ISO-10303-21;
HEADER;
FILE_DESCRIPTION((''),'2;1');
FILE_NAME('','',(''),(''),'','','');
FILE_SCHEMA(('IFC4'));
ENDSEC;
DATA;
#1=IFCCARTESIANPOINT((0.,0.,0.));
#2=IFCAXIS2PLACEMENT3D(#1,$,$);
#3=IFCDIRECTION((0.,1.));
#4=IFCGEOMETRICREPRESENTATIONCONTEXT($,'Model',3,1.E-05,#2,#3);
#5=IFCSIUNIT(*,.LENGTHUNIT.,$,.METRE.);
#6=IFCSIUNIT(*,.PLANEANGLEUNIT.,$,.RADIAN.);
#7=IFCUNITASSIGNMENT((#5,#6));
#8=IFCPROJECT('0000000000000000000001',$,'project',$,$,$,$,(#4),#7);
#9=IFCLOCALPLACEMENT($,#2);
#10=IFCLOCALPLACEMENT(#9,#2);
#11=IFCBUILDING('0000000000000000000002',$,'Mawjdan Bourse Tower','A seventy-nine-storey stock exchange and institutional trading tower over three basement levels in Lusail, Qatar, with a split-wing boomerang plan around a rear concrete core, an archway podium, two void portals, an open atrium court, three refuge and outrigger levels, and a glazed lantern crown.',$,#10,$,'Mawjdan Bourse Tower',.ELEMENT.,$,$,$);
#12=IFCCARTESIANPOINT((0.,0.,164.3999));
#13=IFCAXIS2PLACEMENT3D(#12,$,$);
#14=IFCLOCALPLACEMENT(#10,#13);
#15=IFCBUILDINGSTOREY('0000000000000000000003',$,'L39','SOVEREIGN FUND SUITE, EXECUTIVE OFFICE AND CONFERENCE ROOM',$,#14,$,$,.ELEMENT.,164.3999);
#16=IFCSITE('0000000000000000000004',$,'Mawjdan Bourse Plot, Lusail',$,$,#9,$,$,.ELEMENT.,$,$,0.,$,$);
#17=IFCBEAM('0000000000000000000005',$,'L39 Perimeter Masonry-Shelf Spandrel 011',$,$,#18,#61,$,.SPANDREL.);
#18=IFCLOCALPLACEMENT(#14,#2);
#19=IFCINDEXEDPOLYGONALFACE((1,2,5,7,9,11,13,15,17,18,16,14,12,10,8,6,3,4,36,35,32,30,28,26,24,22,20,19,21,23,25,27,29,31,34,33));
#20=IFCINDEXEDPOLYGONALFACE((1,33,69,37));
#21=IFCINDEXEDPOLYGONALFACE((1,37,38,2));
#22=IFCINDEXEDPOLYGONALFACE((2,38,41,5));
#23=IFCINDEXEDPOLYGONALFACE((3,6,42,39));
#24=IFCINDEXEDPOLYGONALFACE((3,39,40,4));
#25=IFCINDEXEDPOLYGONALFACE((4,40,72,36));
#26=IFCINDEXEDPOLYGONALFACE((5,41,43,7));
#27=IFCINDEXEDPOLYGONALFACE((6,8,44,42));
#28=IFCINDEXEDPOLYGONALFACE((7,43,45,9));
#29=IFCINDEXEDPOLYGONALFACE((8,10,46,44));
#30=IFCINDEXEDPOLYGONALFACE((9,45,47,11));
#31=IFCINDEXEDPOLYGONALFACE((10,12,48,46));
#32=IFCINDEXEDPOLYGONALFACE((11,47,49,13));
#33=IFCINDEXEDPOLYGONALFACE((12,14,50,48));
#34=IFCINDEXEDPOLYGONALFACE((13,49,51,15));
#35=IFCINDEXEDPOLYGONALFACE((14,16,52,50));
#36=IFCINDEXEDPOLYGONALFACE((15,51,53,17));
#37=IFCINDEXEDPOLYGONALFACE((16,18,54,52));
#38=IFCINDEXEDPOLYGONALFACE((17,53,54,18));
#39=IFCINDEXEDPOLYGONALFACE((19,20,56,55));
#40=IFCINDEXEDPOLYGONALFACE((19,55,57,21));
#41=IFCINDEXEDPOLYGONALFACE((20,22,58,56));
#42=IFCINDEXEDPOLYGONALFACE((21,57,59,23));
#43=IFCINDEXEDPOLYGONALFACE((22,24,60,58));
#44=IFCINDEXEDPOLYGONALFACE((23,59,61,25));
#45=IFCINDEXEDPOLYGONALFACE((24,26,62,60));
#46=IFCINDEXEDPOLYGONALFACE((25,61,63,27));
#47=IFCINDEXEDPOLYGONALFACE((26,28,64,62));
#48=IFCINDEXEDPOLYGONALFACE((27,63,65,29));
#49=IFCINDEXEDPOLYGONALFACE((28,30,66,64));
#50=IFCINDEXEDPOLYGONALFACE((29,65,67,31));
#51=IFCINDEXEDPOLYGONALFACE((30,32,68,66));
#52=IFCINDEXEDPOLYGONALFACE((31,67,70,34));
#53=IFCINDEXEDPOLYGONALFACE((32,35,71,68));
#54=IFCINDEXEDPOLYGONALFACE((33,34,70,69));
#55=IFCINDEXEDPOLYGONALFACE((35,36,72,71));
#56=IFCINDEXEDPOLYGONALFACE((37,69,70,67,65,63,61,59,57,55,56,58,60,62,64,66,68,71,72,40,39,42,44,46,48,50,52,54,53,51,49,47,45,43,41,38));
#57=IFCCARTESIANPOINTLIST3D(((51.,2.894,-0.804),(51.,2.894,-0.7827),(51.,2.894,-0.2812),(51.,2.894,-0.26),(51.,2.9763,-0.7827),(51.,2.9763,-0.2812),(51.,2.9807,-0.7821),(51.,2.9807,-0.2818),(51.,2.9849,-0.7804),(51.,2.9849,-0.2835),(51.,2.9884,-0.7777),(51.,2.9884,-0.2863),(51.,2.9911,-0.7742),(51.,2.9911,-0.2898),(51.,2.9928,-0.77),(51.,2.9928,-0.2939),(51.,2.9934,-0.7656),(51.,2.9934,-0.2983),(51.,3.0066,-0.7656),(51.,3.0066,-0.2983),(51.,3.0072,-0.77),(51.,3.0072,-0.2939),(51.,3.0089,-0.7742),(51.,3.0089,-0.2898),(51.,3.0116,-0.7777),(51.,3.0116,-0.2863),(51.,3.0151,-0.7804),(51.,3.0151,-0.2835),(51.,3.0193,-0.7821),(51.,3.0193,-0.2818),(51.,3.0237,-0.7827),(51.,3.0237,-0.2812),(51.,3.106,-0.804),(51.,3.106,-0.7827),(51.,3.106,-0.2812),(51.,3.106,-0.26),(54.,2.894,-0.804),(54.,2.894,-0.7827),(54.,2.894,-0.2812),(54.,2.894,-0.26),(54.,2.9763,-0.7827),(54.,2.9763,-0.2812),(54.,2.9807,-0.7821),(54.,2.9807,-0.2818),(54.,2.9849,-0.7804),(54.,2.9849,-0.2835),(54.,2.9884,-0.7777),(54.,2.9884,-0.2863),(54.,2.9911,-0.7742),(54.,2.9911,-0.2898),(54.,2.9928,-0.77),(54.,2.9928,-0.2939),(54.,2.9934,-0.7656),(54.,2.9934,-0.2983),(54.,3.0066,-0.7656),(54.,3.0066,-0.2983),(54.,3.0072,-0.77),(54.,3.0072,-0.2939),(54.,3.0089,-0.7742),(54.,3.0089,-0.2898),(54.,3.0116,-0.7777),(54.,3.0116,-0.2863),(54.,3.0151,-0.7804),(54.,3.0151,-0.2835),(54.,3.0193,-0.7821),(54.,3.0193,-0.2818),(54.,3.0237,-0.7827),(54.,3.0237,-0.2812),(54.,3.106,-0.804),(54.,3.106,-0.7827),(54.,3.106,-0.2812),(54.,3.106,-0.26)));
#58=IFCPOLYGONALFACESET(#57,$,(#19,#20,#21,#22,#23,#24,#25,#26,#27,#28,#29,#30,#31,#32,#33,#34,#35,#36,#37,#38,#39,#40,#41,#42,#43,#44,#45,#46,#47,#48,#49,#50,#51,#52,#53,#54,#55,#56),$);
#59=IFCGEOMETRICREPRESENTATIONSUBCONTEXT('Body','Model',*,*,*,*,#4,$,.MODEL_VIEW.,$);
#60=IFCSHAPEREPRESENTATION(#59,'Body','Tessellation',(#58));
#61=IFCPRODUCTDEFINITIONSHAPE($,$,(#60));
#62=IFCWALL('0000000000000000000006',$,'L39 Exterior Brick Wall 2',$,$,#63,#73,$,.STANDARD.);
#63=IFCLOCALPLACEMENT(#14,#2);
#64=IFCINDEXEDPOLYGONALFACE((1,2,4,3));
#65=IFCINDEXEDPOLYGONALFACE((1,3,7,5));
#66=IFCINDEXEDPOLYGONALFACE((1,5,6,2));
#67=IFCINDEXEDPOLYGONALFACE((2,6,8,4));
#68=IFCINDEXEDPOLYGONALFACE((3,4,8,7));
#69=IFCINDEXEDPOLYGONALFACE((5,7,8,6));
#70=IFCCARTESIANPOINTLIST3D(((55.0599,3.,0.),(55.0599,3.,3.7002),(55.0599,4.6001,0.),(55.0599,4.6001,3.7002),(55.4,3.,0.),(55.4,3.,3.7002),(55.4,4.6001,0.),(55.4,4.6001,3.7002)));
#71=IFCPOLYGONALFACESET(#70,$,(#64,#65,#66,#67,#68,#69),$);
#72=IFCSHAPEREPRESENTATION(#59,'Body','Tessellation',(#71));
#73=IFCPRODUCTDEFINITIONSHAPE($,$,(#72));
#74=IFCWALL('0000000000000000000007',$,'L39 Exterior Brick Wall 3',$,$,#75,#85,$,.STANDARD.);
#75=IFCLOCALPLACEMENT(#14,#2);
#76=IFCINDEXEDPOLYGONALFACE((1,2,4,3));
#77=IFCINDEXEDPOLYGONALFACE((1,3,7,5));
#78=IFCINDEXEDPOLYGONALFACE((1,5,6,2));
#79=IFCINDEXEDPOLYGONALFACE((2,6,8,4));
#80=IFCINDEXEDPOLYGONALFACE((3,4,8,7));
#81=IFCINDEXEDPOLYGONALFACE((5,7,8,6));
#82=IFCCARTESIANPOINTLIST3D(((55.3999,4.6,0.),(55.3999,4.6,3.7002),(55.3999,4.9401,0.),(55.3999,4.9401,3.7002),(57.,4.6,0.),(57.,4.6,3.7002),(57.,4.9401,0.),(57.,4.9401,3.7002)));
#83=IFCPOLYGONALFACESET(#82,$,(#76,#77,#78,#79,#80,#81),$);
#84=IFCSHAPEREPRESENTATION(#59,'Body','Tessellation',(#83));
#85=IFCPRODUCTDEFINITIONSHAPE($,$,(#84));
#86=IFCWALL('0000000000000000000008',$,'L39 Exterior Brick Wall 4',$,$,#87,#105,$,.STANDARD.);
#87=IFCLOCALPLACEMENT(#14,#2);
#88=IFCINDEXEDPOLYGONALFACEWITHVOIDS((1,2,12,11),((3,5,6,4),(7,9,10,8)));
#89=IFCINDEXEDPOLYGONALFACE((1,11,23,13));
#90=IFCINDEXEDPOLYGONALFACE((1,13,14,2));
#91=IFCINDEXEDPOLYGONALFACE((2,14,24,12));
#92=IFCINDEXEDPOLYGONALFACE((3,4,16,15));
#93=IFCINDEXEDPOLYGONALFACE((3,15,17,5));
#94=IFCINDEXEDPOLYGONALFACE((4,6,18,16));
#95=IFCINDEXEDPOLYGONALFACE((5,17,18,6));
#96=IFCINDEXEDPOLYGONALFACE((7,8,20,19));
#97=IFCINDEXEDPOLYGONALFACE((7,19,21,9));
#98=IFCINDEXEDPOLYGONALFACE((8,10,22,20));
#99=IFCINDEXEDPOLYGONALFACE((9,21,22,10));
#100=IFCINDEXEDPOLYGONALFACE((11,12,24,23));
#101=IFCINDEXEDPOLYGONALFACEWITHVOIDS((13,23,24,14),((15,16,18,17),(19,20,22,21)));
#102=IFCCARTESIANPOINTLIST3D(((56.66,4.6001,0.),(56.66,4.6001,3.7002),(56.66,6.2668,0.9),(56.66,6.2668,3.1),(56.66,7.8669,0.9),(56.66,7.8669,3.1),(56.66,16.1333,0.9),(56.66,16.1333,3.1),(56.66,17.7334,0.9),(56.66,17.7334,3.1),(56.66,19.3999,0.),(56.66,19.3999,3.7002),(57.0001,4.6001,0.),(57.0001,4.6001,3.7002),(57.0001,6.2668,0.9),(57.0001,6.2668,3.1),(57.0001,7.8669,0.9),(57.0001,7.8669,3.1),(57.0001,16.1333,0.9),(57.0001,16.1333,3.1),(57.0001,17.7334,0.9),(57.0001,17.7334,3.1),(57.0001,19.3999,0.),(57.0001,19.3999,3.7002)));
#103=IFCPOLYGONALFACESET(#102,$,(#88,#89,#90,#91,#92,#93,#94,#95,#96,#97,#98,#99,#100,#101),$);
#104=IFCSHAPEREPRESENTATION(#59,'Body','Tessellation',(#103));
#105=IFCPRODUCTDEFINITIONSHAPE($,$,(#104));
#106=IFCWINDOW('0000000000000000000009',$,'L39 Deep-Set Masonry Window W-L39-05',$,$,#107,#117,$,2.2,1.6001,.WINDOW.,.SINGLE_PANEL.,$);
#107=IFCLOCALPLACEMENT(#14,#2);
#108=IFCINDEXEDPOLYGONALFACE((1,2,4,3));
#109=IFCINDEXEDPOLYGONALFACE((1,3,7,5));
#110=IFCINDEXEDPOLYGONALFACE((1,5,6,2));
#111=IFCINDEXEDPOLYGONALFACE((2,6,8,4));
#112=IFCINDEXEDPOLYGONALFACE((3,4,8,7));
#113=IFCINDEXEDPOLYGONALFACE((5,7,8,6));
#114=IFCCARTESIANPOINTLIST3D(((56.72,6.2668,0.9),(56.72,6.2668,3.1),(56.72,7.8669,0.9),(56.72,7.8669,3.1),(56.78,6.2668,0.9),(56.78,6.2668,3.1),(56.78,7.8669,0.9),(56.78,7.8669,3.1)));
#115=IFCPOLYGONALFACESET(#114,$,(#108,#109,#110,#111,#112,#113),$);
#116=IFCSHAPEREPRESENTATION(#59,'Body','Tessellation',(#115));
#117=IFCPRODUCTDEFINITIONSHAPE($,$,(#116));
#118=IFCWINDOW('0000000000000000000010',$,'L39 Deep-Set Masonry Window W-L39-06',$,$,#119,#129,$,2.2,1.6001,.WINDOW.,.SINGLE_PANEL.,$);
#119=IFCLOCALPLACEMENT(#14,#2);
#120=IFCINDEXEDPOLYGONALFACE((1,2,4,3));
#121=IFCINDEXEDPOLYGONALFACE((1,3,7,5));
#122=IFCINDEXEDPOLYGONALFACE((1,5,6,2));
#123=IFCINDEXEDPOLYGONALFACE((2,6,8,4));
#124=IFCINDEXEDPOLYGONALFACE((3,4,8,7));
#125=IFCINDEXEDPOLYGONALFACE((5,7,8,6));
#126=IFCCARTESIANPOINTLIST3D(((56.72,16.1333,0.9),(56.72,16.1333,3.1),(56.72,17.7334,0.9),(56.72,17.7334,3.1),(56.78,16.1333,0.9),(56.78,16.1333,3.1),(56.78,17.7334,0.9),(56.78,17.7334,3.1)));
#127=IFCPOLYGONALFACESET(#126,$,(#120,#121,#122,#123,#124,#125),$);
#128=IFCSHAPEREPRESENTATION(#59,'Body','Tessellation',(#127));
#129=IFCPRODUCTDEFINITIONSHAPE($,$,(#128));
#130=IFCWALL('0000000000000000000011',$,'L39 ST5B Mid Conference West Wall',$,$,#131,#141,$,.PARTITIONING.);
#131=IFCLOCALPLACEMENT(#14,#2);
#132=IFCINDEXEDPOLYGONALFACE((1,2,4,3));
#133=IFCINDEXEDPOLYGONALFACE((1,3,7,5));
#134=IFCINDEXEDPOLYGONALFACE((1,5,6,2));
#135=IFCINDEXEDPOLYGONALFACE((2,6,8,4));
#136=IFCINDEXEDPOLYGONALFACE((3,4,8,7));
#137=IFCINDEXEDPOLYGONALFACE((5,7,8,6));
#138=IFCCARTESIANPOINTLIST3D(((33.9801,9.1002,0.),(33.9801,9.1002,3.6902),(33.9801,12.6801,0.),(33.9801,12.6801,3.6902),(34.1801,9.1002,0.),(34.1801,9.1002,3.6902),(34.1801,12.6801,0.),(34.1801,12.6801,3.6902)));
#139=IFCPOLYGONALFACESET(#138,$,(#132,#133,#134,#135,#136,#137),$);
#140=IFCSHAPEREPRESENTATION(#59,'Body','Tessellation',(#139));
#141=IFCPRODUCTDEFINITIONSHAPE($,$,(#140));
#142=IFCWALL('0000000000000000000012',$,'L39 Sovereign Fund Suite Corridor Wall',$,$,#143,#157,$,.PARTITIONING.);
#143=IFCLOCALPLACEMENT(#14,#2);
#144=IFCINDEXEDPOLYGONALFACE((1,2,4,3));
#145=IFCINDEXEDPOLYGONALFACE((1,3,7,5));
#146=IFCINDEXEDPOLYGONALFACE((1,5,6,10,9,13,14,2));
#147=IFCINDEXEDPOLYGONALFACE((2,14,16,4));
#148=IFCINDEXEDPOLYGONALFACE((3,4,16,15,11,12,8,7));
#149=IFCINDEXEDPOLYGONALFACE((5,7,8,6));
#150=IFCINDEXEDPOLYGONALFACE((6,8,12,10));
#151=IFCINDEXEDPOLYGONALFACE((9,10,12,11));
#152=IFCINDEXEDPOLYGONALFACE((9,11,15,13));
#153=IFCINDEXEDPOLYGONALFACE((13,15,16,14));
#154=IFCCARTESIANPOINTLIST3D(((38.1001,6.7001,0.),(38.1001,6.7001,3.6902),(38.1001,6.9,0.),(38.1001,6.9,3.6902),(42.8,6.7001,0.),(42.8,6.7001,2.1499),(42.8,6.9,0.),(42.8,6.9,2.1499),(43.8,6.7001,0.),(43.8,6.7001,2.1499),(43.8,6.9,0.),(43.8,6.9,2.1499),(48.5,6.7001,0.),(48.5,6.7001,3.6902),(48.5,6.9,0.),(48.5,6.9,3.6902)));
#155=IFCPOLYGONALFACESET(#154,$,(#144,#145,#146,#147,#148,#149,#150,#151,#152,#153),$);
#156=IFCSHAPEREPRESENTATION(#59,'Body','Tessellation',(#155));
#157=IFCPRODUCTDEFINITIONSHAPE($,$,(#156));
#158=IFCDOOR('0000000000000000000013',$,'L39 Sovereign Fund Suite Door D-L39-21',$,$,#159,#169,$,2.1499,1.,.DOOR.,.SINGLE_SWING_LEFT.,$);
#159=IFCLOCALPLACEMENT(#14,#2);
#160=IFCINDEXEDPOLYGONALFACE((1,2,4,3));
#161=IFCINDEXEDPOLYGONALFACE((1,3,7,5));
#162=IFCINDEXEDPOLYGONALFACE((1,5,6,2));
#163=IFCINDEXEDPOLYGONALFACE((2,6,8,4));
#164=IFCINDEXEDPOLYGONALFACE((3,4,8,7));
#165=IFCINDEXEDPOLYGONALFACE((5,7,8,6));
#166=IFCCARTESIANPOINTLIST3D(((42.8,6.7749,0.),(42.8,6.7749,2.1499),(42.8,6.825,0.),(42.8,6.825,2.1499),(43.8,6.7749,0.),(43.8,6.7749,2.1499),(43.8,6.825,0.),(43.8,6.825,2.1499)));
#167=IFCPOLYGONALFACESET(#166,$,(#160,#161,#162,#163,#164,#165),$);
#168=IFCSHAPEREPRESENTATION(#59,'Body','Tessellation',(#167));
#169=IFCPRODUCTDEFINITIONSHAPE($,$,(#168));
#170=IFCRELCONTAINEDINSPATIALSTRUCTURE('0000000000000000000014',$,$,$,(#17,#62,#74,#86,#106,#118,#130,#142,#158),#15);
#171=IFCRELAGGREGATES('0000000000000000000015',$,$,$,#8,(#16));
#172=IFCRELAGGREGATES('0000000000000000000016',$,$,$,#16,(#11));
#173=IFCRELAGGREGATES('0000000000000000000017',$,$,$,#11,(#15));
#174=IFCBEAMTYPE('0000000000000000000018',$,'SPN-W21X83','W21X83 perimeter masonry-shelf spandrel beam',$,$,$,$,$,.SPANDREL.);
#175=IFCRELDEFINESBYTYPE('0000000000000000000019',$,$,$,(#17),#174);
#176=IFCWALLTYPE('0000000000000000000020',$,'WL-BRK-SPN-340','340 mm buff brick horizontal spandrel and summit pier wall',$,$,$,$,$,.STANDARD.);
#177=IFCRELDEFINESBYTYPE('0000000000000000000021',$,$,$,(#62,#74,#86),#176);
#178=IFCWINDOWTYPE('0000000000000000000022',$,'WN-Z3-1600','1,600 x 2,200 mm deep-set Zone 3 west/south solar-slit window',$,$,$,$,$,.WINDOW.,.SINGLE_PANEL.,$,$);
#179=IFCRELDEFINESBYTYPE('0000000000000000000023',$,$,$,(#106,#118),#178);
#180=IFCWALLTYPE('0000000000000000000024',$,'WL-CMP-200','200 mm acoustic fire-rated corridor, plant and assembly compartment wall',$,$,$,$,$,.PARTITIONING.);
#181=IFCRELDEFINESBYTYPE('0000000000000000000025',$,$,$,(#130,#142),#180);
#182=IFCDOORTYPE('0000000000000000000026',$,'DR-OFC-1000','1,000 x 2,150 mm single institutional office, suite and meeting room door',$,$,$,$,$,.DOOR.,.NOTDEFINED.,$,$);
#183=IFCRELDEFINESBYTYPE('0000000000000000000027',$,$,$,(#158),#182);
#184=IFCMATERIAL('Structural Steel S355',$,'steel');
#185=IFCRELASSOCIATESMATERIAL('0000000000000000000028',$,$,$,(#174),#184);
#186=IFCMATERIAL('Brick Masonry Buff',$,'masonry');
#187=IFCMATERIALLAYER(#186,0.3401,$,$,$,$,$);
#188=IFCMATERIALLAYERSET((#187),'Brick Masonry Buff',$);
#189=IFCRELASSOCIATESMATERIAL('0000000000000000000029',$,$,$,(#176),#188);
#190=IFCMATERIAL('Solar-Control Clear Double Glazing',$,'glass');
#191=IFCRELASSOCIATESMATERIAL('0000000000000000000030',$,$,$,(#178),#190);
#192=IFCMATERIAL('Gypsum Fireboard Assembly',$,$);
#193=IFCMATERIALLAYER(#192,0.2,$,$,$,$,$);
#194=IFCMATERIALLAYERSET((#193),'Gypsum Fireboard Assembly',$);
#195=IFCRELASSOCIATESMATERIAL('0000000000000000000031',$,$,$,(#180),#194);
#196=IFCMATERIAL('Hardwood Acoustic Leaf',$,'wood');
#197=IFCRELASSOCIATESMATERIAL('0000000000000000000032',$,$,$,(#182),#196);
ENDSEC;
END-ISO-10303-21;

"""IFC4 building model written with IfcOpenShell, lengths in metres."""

from ifc_helpers import new_model, si_unit, direction, frame, frame_2d, origin, origin_2d, place, context, subcontext, project, spatial, rectangle, i_section, extrude, material, layer, layer_set, material_profile, profile_set, type_object, element, fill, save


model = new_model("IFC4")

# Units and contexts
model_context = context("Model", 3, precision=1e-05, world=origin(), true_north=direction((0.0, 1.0)))
body_context = subcontext(model_context, "Body", "Model", "MODEL_VIEW")
ifc_project = project(units=[si_unit("LENGTHUNIT", "METRE"), si_unit("PLANEANGLEUNIT", "RADIAN")], contexts=[model_context])

# Site, building, storey
site_placement = place(None, origin())
site = spatial("IfcSite", under=ifc_project, at=site_placement, Name="Mawjdan Bourse Plot, Lusail", CompositionType="ELEMENT", RefElevation=0.0)
building_placement = place(site_placement, origin())
building = spatial("IfcBuilding", under=site, at=building_placement, Name="Mawjdan Bourse Tower", Description="A seventy-nine-storey stock exchange and institutional trading tower over three basement levels in Lusail, Qatar, with a split-wing boomerang plan around a rear concrete core, an archway podium, two void portals, an open atrium court, three refuge and outrigger levels, and a glazed lantern crown.", LongName="Mawjdan Bourse Tower", CompositionType="ELEMENT")
storey_placement = place(building_placement, frame((0.0, 0.0, 164.3999)))
storey = spatial("IfcBuildingStorey", under=building, at=storey_placement, Name="L39", Description="SOVEREIGN FUND SUITE, EXECUTIVE OFFICE AND CONFERENCE ROOM", CompositionType="ELEMENT", Elevation=164.3999)

# Beam
ifc_material_1 = material(Name="Structural Steel S355", Category="steel")
ifc_material_profile_1 = material_profile(ifc_material_1, i_section(OverallWidth=0.2119, OverallDepth=0.5439, WebThickness=0.0132, FlangeThickness=0.0212, FilletRadius=0.0171, at=origin_2d()), Name="W21X83")
ifc_profile_set_1 = profile_set([ifc_material_profile_1], Name="Structural Steel S355")
beam_type_1 = type_object("IfcBeamType", Name="SPN-W21X83", Description="W21X83 perimeter masonry-shelf spandrel beam", PredefinedType="SPANDREL", material=ifc_profile_set_1)
for number, where, z_axis, x_axis, name in (
    (1, (51.0, 3.0, -0.532), (1.0, 0.0, 0.0), (0.0, 1.0, 0.0), "L39 Perimeter Masonry-Shelf Spandrel 011"),
):
    element("IfcBeam", number, at=place(storey_placement, frame(where, z_axis=z_axis, x_axis=x_axis)), inside=storey, type_object=beam_type_1, Name=name, PredefinedType="SPANDREL", context=body_context, shape_type="SweptSolid", body=[
        extrude(i_section(OverallWidth=0.2119, OverallDepth=0.5439, WebThickness=0.0132, FlangeThickness=0.0212, FilletRadius=0.0171, at=origin_2d()), origin(), (0.0, 0.0, 1.0), 3.0),
    ])

# Walls
ifc_material_2 = material(Name="Brick Masonry Buff", Category="masonry")
ifc_layer_1 = layer(ifc_material_2, 0.3401)
ifc_layer_set_1 = layer_set([ifc_layer_1], Name="Brick Masonry Buff")
wall_type_1 = type_object("IfcWallType", Name="WL-BRK-SPN-340", Description="340 mm buff brick horizontal spandrel and summit pier wall", PredefinedType="STANDARD", material=ifc_layer_set_1)
for number, where, z_axis, x_axis, name in (
    (2, (55.23, 3.0, 0.0), (0.0, 0.0, 1.0), (0.0, 1.0, 0.0), "L39 Exterior Brick Wall 2"),
    (3, (55.3999, 4.77, 0.0), (0.0, 0.0, 1.0), (1.0, 0.0, 0.0), "L39 Exterior Brick Wall 3"),
):
    element("IfcWall", number, at=place(storey_placement, frame(where, z_axis=z_axis, x_axis=x_axis)), inside=storey, type_object=wall_type_1, Name=name, PredefinedType="STANDARD", context=body_context, shape_type="SweptSolid", body=[
        extrude(rectangle(XDim=1.6001, YDim=0.3401, at=frame_2d((0.8, 0.0))), origin(), (0.0, 0.0, 1.0), 3.7002),
    ])

# Wall, openings, windows
wall_1_placement = place(storey_placement, frame((56.8301, 4.6001, 0.0), z_axis=(0.0, 0.0, 1.0), x_axis=(0.0, 1.0, 0.0)))
wall_1 = element("IfcWall", 4, at=wall_1_placement, inside=storey, type_object=wall_type_1, Name="L39 Exterior Brick Wall 4", PredefinedType="STANDARD", context=body_context, shape_type="SweptSolid", body=[
    extrude(rectangle(XDim=14.7998, YDim=0.3401, at=frame_2d((7.3999, 0.0))), origin(), (0.0, 0.0, 1.0), 3.7002),
])
opening_1_placement = place(wall_1_placement, frame((1.6667, 0.0, 0.8999)))
opening_1 = element("IfcOpeningElement", 5, at=opening_1_placement, cuts=wall_1, PredefinedType="OPENING", context=body_context, shape_type="SweptSolid", body=[
    extrude(rectangle(XDim=1.6001, YDim=2.2, at=frame_2d((0.8, 1.1001))), frame((0.0, 0.1802, 0.0), z_axis=(0.0, -1.0, 0.0), x_axis=(1.0, 0.0, 0.0)), (0.0, 0.0, 1.0), 0.3601),
])
opening_2_placement = place(wall_1_placement, frame((11.5332, 0.0, 0.8999)))
opening_2 = element("IfcOpeningElement", 6, at=opening_2_placement, cuts=wall_1, PredefinedType="OPENING", context=body_context, shape_type="SweptSolid", body=[
    extrude(rectangle(XDim=1.6001, YDim=2.2, at=frame_2d((0.8, 1.1001))), frame((0.0, 0.1802, 0.0), z_axis=(0.0, -1.0, 0.0), x_axis=(1.0, 0.0, 0.0)), (0.0, 0.0, 1.0), 0.3601),
])
ifc_material_3 = material(Name="Solar-Control Clear Double Glazing", Category="glass")
window_type = type_object("IfcWindowType", Name="WN-Z3-1600", Description="1,600 x 2,200 mm deep-set Zone 3 west/south solar-slit window", PartitioningType="SINGLE_PANEL", PredefinedType="WINDOW", material=ifc_material_3)
window_1_placement = place(opening_1_placement, origin())
window_1 = element("IfcWindow", 7, at=window_1_placement, inside=storey, type_object=window_type, Name="L39 Deep-Set Masonry Window W-L39-05", OverallHeight=2.2, OverallWidth=1.6001, PartitioningType="SINGLE_PANEL", PredefinedType="WINDOW", context=body_context, shape_type="SweptSolid", body=[
    extrude(rectangle(XDim=1.6001, YDim=2.2, at=frame_2d((0.8, 1.1001))), frame((0.0, 0.1101, 0.0), z_axis=(0.0, -1.0, 0.0), x_axis=(1.0, 0.0, 0.0)), (0.0, 0.0, 1.0), 0.0601),
])
fill(opening_1, window_1)
window_2_placement = place(opening_2_placement, origin())
window_2 = element("IfcWindow", 8, at=window_2_placement, inside=storey, type_object=window_type, Name="L39 Deep-Set Masonry Window W-L39-06", OverallHeight=2.2, OverallWidth=1.6001, PartitioningType="SINGLE_PANEL", PredefinedType="WINDOW", context=body_context, shape_type="SweptSolid", body=[
    extrude(rectangle(XDim=1.6001, YDim=2.2, at=frame_2d((0.8, 1.1001))), frame((0.0, 0.1101, 0.0), z_axis=(0.0, -1.0, 0.0), x_axis=(1.0, 0.0, 0.0)), (0.0, 0.0, 1.0), 0.0601),
])
fill(opening_2, window_2)

# Wall
ifc_material_4 = material(Name="Gypsum Fireboard Assembly")
ifc_layer_2 = layer(ifc_material_4, 0.2)
ifc_layer_set_2 = layer_set([ifc_layer_2], Name="Gypsum Fireboard Assembly")
wall_type_2 = type_object("IfcWallType", Name="WL-CMP-200", Description="200 mm acoustic fire-rated corridor, plant and assembly compartment wall", PredefinedType="PARTITIONING", material=ifc_layer_set_2)
wall_2_placement = place(storey_placement, frame((34.0801, 9.1001, 0.0), z_axis=(0.0, 0.0, 1.0), x_axis=(0.0, 1.0, 0.0)))
element("IfcWall", 9, at=wall_2_placement, inside=storey, type_object=wall_type_2, Name="L39 ST5B Mid Conference West Wall", PredefinedType="PARTITIONING", context=body_context, shape_type="SweptSolid", body=[
    extrude(rectangle(XDim=3.5798, YDim=0.2, at=frame_2d((1.79, 0.0))), origin(), (0.0, 0.0, 1.0), 3.6902),
])

# Wall, opening, door
wall_3_placement = place(storey_placement, frame((38.1001, 6.8, 0.0), z_axis=(0.0, 0.0, 1.0), x_axis=(1.0, 0.0, 0.0)))
wall_3 = element("IfcWall", 10, at=wall_3_placement, inside=storey, type_object=wall_type_2, Name="L39 Sovereign Fund Suite Corridor Wall", PredefinedType="PARTITIONING", context=body_context, shape_type="SweptSolid", body=[
    extrude(rectangle(XDim=10.3999, YDim=0.2, at=frame_2d((5.2, 0.0))), origin(), (0.0, 0.0, 1.0), 3.6902),
])
opening_3_placement = place(wall_3_placement, frame((4.7, 0.0, 0.0)))
opening_3 = element("IfcOpeningElement", 11, at=opening_3_placement, cuts=wall_3, PredefinedType="OPENING", context=body_context, shape_type="SweptSolid", body=[
    extrude(rectangle(XDim=1.0, YDim=2.1499, at=frame_2d((0.5, 1.075))), frame((0.0, 0.1099, 0.0), z_axis=(0.0, -1.0, 0.0), x_axis=(1.0, 0.0, 0.0)), (0.0, 0.0, 1.0), 0.22),
])
ifc_material_5 = material(Name="Hardwood Acoustic Leaf", Category="wood")
door_type_1 = type_object("IfcDoorType", Name="DR-OFC-1000", Description="1,000 x 2,150 mm single institutional office, suite and meeting room door", OperationType="NOTDEFINED", PredefinedType="DOOR", material=ifc_material_5)
door_1_placement = place(opening_3_placement, origin())
door_1 = element("IfcDoor", 12, at=door_1_placement, inside=storey, type_object=door_type_1, Name="L39 Sovereign Fund Suite Door D-L39-21", OperationType="SINGLE_SWING_LEFT", OverallHeight=2.1499, OverallWidth=1.0, PredefinedType="DOOR", context=body_context, shape_type="SweptSolid", body=[
    extrude(rectangle(XDim=1.0, YDim=2.1499, at=frame_2d((0.5, 1.075))), frame((0.0, 0.0249, 0.0), z_axis=(0.0, -1.0, 0.0), x_axis=(1.0, 0.0, 0.0)), (0.0, 0.0, 1.0), 0.05),
])
fill(opening_3, door_1)

save(model, "model.ifc")
